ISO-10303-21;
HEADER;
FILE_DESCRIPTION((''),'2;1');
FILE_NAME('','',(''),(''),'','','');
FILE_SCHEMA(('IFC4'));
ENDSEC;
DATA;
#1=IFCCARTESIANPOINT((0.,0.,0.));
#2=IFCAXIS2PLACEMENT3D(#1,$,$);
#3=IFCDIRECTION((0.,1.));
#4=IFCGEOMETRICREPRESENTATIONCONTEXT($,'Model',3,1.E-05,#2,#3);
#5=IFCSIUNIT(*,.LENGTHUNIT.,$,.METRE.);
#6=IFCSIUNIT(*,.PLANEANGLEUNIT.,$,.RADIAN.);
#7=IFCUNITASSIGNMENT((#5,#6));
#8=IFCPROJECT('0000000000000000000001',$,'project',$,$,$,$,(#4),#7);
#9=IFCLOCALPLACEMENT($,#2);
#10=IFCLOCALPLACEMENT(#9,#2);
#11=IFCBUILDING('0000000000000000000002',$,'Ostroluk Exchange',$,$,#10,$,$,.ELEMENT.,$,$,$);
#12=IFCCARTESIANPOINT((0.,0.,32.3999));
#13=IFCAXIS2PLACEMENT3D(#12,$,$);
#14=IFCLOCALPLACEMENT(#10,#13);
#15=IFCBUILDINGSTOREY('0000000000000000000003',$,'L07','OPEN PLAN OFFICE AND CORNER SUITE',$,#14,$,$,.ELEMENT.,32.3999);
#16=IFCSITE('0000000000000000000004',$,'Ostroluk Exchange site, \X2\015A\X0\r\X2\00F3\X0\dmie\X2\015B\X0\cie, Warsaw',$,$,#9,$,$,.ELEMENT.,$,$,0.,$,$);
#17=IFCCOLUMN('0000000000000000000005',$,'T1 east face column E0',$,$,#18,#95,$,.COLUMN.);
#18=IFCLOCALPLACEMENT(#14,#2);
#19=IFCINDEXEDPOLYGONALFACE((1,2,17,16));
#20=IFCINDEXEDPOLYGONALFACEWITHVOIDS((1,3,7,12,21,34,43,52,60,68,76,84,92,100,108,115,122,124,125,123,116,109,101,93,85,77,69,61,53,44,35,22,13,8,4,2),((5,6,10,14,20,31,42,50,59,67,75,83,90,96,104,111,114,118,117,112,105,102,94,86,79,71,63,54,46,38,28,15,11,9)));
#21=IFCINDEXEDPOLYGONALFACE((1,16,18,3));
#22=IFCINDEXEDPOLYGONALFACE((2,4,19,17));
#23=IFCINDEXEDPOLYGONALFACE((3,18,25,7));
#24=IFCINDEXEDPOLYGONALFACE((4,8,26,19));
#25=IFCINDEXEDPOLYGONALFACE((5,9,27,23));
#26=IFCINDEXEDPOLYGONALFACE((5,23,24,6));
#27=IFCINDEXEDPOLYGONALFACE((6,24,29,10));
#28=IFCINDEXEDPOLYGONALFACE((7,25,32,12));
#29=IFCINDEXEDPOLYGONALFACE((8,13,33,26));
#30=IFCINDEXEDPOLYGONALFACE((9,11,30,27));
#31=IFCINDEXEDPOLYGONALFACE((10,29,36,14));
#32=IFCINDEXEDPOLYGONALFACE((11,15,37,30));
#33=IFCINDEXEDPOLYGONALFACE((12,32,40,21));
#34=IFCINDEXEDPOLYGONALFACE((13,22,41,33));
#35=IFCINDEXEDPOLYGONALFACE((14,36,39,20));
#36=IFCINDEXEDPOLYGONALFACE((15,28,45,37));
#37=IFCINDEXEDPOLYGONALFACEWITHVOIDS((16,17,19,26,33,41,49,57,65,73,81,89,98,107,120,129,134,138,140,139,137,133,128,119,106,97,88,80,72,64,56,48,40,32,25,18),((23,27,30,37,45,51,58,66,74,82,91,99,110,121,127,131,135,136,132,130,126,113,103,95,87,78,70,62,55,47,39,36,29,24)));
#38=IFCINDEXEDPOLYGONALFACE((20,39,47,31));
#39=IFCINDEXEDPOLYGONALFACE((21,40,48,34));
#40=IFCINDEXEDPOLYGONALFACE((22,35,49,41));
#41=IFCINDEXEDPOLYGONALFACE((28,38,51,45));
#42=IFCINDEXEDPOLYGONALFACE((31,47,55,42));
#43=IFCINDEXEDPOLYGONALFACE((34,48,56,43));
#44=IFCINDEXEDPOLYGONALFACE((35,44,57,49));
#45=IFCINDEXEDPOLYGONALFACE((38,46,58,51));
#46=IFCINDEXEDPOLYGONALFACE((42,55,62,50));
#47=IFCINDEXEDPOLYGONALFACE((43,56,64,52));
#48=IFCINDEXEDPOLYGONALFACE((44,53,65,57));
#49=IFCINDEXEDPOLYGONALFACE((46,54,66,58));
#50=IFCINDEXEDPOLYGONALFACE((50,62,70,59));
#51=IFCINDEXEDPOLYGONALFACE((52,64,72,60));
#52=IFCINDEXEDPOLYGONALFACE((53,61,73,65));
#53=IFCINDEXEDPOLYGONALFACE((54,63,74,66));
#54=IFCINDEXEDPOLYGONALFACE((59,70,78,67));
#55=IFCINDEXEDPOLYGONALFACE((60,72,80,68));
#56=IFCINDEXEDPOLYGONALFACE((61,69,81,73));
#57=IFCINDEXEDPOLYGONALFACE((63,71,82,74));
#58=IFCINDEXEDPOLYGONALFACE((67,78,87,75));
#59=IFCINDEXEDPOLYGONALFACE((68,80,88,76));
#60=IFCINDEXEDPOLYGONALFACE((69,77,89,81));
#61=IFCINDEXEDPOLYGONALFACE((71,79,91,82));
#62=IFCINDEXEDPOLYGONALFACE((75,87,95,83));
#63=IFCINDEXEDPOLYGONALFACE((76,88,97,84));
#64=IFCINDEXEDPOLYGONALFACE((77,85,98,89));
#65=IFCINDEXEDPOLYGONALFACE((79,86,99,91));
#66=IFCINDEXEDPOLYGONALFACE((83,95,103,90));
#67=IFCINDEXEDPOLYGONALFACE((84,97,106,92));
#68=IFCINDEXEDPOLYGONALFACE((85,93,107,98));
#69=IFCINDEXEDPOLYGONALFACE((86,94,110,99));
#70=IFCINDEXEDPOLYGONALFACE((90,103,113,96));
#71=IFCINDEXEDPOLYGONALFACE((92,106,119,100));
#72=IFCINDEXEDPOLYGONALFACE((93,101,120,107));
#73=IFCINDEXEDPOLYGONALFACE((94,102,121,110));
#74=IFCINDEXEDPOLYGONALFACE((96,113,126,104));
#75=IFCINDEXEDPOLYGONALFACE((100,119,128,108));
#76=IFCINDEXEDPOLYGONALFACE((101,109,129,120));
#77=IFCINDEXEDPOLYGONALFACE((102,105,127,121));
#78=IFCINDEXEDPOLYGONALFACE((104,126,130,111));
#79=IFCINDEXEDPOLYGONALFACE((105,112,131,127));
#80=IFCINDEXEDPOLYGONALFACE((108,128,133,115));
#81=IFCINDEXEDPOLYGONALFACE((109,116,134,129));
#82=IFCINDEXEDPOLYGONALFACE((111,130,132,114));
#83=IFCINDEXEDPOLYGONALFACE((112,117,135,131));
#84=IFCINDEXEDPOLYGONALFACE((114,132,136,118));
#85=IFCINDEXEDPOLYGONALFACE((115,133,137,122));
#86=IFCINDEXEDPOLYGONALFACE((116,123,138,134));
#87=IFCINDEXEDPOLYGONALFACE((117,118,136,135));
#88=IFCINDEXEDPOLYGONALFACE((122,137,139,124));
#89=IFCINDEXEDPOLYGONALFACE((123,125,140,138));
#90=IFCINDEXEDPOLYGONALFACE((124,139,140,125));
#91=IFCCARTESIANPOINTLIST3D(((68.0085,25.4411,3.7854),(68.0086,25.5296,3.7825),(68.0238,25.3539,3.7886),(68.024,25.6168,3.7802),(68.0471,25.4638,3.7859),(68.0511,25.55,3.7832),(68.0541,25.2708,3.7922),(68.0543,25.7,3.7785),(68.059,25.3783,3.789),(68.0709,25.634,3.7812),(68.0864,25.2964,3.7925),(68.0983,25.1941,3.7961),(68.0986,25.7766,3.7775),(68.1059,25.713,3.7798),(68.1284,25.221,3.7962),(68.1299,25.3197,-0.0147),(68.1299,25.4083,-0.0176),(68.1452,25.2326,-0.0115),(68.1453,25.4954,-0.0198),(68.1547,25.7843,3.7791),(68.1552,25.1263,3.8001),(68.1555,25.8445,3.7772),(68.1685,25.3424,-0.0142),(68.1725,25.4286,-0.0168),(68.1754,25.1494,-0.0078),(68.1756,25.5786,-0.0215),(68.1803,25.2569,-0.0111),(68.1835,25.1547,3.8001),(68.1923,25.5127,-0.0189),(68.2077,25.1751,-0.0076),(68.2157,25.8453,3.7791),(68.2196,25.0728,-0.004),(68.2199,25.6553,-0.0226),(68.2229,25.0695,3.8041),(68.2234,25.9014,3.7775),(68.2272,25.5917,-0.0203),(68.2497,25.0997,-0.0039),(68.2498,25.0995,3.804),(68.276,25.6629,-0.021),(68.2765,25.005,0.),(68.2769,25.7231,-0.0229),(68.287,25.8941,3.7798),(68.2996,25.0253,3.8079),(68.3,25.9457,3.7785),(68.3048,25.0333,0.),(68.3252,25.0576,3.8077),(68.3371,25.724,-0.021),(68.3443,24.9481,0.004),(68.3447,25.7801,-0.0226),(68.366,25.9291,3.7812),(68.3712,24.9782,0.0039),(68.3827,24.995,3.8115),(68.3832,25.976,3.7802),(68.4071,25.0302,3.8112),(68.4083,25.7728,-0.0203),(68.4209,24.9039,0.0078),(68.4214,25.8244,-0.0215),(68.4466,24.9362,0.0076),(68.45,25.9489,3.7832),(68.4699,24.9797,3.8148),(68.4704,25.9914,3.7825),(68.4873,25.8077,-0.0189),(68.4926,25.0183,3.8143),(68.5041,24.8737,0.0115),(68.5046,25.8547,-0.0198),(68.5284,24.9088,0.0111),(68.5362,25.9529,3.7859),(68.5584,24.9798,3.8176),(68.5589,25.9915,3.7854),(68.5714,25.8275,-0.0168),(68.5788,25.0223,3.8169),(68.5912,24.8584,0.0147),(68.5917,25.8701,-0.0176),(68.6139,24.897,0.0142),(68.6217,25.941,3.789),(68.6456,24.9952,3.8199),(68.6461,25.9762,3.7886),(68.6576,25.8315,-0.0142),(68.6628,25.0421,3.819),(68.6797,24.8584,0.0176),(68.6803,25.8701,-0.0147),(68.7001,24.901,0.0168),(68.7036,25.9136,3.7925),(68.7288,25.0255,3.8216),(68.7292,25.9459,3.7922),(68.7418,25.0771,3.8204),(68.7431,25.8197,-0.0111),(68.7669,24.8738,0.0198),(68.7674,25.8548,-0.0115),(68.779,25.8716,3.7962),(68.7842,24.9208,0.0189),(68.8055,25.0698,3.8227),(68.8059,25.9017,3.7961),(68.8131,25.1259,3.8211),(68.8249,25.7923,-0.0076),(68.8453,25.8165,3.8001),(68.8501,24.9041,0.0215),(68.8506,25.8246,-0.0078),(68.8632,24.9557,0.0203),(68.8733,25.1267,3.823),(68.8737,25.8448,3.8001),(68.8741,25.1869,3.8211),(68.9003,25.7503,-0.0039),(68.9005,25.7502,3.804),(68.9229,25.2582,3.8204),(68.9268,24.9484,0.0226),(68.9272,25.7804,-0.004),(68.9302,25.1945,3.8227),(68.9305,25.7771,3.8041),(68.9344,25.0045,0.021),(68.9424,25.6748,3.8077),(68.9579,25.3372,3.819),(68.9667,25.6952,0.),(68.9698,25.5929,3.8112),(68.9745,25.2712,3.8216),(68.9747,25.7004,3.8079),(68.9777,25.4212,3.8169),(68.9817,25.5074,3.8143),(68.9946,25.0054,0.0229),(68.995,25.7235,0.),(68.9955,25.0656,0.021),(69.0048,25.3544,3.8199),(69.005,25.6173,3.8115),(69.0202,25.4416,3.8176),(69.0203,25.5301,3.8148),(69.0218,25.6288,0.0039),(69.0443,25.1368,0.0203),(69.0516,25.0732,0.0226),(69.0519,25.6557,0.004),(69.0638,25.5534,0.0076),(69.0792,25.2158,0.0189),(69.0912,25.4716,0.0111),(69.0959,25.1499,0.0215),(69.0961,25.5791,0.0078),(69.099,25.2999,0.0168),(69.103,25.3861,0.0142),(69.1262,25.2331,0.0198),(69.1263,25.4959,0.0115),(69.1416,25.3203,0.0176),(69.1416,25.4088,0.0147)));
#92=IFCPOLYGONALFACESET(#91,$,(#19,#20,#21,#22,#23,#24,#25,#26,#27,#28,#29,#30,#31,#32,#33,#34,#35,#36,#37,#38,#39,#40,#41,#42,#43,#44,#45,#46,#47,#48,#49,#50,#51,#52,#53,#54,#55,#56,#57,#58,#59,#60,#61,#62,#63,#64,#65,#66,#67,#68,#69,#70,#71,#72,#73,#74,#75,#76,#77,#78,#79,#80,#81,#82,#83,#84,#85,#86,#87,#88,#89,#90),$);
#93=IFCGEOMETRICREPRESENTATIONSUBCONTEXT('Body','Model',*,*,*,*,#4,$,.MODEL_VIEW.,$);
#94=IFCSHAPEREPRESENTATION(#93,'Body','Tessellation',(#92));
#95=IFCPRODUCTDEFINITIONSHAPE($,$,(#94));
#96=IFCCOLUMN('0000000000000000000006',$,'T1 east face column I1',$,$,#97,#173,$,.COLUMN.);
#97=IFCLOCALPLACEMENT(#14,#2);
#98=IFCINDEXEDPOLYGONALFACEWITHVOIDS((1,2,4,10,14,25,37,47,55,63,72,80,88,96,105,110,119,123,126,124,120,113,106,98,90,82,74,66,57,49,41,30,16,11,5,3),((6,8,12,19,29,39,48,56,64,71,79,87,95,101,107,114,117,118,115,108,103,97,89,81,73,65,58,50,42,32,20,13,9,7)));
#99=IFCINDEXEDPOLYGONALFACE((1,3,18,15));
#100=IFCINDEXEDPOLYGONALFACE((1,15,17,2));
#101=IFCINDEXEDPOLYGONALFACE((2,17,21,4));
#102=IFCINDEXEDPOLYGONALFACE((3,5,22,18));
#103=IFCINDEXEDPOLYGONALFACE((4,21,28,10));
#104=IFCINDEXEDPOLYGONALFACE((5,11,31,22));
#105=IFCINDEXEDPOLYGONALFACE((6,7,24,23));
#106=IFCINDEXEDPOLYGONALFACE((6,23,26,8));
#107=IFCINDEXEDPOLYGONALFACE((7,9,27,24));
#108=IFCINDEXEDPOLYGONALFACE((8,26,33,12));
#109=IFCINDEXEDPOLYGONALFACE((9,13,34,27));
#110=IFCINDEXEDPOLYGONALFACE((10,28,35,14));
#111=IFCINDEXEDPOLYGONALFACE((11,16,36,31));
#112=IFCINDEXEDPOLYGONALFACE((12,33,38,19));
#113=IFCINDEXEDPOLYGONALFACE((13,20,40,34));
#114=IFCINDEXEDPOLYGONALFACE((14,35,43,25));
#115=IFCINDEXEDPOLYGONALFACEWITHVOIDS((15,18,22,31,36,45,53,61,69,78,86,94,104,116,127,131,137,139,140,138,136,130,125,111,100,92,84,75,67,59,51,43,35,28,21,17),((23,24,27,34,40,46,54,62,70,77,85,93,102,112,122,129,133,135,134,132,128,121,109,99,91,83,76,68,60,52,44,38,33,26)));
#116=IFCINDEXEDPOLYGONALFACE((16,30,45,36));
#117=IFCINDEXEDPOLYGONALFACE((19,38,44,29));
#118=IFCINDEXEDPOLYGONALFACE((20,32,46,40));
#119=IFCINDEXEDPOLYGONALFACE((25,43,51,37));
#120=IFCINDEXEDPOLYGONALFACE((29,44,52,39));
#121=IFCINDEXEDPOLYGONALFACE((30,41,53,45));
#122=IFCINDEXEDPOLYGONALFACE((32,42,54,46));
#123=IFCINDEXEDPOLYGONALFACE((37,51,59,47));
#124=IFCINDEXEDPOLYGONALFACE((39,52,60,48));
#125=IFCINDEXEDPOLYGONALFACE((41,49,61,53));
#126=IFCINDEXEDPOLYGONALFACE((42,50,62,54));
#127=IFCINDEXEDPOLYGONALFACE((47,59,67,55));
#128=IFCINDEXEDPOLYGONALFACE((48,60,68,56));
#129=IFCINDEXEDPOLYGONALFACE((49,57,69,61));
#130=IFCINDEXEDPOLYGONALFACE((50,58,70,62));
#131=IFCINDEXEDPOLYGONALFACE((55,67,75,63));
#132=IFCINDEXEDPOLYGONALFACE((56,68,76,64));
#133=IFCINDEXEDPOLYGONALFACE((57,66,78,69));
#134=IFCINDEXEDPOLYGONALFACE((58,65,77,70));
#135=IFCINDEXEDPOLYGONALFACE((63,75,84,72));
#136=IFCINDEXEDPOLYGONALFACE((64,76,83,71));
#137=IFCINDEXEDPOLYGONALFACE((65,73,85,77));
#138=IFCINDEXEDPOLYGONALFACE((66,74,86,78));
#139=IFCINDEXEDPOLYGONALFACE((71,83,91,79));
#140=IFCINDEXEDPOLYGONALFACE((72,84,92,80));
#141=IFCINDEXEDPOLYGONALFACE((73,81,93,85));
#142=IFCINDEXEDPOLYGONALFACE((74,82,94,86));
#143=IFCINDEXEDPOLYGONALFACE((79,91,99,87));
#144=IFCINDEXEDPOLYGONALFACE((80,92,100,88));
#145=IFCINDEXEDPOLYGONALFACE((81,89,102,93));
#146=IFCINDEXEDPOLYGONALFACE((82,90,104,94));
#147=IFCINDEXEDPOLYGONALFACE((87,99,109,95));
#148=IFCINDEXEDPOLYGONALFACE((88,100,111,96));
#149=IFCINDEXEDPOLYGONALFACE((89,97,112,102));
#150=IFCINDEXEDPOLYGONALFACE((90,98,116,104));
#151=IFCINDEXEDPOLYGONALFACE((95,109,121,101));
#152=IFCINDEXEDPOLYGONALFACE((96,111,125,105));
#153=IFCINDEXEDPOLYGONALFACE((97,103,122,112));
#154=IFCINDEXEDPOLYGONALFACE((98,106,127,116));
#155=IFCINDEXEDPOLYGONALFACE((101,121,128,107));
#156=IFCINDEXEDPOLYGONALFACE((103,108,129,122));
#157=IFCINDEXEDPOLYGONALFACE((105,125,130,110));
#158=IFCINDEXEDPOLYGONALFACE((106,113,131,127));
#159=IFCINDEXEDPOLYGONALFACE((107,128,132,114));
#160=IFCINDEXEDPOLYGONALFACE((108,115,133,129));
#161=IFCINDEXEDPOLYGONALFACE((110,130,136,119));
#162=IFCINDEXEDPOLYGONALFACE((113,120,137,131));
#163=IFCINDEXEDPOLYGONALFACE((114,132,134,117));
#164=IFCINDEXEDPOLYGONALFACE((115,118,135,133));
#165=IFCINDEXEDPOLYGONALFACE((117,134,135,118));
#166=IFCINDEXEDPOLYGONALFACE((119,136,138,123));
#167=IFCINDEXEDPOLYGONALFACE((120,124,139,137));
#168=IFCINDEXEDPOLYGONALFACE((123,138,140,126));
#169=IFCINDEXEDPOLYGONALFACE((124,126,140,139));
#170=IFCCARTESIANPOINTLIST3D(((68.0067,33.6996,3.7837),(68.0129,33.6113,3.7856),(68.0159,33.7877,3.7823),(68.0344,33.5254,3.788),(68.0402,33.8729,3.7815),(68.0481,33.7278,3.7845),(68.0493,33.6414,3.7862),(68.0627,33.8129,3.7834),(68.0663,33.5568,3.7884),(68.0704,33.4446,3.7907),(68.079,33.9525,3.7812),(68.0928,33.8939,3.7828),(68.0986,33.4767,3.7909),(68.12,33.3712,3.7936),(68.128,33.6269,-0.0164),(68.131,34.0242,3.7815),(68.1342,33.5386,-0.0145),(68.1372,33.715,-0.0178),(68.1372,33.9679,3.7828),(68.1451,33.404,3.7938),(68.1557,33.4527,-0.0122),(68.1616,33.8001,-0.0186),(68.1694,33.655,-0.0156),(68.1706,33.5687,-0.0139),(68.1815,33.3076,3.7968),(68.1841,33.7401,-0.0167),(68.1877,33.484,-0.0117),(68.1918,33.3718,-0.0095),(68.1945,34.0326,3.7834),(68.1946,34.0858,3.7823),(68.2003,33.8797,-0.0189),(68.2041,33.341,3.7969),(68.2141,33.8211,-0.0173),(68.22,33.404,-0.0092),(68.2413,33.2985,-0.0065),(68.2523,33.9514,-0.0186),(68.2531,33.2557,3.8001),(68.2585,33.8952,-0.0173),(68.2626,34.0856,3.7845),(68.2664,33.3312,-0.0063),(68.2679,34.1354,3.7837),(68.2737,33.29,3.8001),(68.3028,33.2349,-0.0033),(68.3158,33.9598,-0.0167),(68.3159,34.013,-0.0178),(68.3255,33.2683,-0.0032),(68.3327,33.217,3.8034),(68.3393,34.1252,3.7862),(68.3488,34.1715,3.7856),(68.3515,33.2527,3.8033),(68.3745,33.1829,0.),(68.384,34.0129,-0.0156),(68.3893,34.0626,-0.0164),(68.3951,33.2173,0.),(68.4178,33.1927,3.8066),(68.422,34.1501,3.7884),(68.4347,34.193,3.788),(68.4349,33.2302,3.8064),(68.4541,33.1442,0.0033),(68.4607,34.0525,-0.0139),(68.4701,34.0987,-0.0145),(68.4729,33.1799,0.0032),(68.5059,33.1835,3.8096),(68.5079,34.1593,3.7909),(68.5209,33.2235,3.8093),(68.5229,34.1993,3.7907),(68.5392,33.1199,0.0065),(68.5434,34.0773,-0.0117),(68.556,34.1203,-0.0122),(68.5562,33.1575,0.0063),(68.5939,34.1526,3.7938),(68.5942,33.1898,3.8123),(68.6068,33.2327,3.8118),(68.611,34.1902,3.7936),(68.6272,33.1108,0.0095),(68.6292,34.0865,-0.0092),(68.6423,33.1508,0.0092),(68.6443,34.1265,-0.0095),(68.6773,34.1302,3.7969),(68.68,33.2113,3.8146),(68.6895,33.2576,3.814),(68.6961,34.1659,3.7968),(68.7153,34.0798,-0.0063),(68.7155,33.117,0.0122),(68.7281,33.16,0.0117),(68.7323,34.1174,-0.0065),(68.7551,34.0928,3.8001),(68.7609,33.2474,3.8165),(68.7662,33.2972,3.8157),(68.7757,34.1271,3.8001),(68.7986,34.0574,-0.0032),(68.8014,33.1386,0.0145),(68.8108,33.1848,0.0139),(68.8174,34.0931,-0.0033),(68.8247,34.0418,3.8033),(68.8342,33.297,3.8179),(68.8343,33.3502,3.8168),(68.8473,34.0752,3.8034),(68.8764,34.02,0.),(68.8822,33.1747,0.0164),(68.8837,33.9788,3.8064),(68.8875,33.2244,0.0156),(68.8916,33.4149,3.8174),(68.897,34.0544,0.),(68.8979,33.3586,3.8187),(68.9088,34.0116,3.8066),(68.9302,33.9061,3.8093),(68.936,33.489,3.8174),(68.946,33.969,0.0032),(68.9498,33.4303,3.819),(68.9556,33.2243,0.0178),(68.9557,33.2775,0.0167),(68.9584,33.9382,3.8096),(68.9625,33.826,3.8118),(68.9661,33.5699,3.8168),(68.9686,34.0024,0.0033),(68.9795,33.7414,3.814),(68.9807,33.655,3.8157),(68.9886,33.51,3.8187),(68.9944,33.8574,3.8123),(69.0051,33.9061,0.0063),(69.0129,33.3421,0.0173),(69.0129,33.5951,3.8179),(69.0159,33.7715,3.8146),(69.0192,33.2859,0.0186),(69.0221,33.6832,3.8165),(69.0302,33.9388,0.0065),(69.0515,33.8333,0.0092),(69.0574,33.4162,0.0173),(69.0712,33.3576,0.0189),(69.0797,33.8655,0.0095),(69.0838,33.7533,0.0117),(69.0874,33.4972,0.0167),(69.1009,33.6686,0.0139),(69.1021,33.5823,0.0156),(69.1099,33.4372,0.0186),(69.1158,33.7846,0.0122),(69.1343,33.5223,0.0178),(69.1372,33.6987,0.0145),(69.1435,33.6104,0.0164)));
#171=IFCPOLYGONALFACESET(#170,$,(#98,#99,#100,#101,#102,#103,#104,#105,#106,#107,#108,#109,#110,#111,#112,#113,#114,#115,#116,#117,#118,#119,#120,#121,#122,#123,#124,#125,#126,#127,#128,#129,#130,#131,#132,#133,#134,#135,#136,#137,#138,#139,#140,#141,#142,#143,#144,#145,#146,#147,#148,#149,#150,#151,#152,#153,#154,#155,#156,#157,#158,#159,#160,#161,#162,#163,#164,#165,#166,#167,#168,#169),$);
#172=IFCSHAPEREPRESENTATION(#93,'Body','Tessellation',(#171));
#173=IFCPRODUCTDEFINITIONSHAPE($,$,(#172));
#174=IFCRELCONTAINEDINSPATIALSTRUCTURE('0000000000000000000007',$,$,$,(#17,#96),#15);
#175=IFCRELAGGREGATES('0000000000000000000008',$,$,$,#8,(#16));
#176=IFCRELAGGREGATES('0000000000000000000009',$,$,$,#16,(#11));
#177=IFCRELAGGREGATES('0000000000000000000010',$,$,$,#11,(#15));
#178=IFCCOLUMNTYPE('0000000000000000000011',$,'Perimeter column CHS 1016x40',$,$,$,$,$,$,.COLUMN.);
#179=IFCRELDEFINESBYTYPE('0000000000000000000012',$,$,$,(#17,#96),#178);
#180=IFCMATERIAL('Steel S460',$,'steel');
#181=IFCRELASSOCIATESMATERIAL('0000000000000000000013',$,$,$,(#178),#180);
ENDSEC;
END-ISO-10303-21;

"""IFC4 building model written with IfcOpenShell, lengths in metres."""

from ifc_helpers import new_model, si_unit, direction, frame, origin, origin_2d, place, context, subcontext, project, spatial, hollow_circle, extrude, material, material_profile, profile_set, type_object, element, save


model = new_model("IFC4")

# Units and contexts
model_context = context("Model", 3, precision=1e-05, world=origin(), true_north=direction((0.0, 1.0)))
body_context = subcontext(model_context, "Body", "Model", "MODEL_VIEW")
ifc_project = project(units=[si_unit("LENGTHUNIT", "METRE"), si_unit("PLANEANGLEUNIT", "RADIAN")], contexts=[model_context])

# Site, building, storey
site_placement = place(None, origin())
site = spatial("IfcSite", under=ifc_project, at=site_placement, Name="Ostroluk Exchange site, Śródmieście, Warsaw", CompositionType="ELEMENT", RefElevation=0.0)
building_placement = place(site_placement, origin())
building = spatial("IfcBuilding", under=site, at=building_placement, Name="Ostroluk Exchange", CompositionType="ELEMENT")
storey_placement = place(building_placement, frame((0.0, 0.0, 32.3999)))
storey = spatial("IfcBuildingStorey", under=building, at=storey_placement, Name="L07", Description="OPEN PLAN OFFICE AND CORNER SUITE", CompositionType="ELEMENT", Elevation=32.3999)

# Columns
ifc_material_1 = material(Name="Steel S460", Category="steel")
ifc_material_profile_1 = material_profile(ifc_material_1, hollow_circle(Radius=0.5081, WallThickness=0.04, at=origin_2d()), Name="CHS 1016x40")
ifc_profile_set_1 = profile_set([ifc_material_profile_1], Name="Steel S460")
column_type = type_object("IfcColumnType", Name="Perimeter column CHS 1016x40", PredefinedType="COLUMN", material=ifc_profile_set_1)
column_1_placement = place(storey_placement, frame((68.6357, 25.3643, 0.0), z_axis=(-0.031898, 0.031898, 0.998982), x_axis=(-0.707107, -0.707107, 0.0)))
element("IfcColumn", 1, at=column_1_placement, inside=storey, type_object=column_type, Name="T1 east face column E0", PredefinedType="COLUMN", context=body_context, shape_type="SweptSolid", body=[
    extrude(hollow_circle(Radius=0.5081, WallThickness=0.04, at=origin_2d()), origin(), (0.0, 0.0, 1.0), 3.804),
])
column_2_placement = place(storey_placement, frame((68.6357, 33.6187, 0.0), z_axis=(-0.031909, 0.019132, 0.999308), x_axis=(-0.514242, -0.857645, 0.0)))
element("IfcColumn", 2, at=column_2_placement, inside=storey, type_object=column_type, Name="T1 east face column I1", PredefinedType="COLUMN", context=body_context, shape_type="SweptSolid", body=[
    extrude(hollow_circle(Radius=0.5081, WallThickness=0.04, at=origin_2d()), origin(), (0.0, 0.0, 1.0), 3.8027),
])

save(model, "model.ifc")
